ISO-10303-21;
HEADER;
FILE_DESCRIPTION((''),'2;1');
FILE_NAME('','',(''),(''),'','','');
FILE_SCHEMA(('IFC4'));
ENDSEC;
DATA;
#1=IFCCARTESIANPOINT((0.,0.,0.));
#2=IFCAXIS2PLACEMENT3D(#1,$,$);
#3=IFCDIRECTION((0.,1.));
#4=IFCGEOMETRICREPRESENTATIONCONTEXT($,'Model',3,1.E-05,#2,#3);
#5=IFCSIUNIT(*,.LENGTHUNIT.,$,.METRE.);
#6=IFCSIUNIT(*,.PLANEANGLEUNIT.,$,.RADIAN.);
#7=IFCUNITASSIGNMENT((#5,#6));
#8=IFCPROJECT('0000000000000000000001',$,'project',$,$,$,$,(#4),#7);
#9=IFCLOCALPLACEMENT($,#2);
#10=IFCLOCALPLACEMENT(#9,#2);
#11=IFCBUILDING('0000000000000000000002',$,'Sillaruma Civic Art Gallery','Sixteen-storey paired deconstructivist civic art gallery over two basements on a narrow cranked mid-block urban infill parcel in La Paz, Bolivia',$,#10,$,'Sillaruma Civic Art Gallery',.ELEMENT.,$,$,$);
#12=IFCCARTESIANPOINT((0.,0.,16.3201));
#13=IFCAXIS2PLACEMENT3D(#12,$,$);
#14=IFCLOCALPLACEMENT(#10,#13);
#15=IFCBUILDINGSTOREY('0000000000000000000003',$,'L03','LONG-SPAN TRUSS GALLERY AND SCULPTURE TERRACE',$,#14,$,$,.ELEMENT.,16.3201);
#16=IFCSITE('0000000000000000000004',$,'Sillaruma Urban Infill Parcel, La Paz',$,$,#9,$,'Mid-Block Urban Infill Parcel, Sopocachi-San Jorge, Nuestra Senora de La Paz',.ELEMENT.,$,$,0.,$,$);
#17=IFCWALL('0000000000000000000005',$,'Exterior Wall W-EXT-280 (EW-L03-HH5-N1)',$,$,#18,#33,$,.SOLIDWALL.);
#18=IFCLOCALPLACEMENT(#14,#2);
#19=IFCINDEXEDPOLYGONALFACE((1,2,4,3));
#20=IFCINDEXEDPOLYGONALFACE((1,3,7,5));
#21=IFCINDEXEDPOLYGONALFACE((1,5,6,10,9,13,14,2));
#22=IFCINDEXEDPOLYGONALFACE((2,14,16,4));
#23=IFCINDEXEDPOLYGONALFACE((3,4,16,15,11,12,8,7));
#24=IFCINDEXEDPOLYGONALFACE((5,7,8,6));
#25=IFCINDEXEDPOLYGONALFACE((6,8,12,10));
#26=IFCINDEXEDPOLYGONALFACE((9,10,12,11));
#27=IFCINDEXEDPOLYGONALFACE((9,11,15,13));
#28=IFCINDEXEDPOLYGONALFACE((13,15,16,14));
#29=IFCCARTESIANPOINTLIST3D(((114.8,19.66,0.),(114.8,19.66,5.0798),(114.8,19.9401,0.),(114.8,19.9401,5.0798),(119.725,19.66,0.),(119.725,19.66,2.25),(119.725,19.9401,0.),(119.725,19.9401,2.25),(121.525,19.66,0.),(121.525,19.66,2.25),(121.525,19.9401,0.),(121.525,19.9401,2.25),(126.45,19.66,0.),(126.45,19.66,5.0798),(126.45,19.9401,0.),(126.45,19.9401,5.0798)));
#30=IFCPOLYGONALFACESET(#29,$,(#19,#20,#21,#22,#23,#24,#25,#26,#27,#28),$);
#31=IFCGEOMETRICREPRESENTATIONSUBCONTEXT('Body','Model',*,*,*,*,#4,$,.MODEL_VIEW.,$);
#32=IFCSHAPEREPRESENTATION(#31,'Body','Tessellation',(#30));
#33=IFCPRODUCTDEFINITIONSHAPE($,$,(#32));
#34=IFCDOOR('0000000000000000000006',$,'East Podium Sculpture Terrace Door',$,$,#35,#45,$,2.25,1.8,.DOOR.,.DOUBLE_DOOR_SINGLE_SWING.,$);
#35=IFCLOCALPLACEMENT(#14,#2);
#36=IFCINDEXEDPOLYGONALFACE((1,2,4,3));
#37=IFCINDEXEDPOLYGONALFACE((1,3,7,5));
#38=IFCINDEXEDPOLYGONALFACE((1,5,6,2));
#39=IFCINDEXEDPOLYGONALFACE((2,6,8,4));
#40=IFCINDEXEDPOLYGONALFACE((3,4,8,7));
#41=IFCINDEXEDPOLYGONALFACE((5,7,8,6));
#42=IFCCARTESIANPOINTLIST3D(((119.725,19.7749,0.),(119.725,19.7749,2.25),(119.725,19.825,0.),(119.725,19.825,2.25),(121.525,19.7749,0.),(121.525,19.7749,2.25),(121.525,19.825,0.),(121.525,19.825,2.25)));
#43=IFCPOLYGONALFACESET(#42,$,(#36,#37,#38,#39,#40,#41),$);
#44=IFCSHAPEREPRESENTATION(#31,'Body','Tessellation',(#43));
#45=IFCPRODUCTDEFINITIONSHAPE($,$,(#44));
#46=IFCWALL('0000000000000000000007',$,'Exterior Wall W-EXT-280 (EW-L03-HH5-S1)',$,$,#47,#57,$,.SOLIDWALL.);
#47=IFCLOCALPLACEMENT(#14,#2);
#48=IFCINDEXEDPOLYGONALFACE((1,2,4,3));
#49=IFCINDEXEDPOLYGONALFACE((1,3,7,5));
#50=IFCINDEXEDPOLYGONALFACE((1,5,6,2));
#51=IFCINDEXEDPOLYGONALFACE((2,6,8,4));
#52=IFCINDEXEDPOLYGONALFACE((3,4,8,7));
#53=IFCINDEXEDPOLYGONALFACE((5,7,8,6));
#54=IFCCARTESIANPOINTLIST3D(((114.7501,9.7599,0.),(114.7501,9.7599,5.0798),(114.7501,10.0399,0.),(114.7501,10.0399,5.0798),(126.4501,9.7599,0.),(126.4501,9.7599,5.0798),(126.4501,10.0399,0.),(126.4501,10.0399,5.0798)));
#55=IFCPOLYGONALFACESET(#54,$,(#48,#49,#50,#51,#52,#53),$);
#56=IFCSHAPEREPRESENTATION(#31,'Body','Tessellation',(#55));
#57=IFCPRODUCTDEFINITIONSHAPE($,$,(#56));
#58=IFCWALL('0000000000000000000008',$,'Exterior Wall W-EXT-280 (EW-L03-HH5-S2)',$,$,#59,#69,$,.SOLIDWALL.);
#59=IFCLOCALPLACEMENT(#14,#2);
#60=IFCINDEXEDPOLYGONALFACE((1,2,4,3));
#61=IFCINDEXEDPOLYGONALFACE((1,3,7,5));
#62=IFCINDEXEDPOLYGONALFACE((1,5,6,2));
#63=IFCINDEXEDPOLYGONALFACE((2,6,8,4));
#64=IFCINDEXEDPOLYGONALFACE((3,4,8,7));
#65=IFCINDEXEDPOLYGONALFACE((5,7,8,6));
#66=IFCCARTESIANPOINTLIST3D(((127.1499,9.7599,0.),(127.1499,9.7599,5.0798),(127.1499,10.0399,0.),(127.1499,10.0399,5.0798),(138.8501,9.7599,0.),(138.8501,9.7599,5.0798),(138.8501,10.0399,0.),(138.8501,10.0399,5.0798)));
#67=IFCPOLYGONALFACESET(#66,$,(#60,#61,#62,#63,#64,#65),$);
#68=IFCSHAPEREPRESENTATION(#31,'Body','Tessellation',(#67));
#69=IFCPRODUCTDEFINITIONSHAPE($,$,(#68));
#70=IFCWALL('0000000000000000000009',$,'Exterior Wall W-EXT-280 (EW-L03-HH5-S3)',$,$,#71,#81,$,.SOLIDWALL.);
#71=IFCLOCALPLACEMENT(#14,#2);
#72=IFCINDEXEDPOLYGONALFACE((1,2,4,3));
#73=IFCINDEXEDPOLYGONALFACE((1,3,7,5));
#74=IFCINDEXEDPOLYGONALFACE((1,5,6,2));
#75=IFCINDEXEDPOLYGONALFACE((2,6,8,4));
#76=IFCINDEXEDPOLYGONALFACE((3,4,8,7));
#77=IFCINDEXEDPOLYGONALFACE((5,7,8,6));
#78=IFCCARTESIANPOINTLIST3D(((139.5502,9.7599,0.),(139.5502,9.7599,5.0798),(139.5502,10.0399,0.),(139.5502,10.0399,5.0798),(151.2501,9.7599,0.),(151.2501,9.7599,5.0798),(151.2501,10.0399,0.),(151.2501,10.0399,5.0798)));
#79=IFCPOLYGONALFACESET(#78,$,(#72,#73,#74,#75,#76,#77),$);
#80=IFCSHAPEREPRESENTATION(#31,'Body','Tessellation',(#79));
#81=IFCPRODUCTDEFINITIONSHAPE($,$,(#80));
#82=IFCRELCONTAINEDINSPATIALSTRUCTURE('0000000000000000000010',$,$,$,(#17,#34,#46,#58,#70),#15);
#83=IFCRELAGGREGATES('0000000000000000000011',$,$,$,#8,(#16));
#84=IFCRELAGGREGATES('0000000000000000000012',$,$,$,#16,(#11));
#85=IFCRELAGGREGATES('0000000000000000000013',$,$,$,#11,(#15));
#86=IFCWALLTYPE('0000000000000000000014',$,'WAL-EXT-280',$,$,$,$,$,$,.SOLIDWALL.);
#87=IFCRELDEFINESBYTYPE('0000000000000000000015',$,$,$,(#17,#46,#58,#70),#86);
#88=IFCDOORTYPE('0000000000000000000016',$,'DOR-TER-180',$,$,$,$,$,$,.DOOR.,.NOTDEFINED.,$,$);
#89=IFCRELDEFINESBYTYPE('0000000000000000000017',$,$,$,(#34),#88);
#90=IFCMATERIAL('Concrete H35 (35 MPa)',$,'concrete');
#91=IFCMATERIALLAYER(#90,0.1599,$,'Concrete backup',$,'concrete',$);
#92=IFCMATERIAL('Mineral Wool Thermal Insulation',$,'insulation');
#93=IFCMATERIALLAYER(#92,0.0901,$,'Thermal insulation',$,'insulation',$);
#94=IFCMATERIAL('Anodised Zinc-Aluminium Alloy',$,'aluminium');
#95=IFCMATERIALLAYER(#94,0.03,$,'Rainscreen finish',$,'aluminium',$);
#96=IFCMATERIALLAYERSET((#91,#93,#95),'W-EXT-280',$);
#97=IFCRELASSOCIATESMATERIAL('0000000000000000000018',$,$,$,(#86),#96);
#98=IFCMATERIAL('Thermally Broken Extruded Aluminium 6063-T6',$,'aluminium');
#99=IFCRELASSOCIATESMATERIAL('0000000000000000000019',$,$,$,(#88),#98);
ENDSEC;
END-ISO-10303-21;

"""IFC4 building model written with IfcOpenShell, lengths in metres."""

from ifc_helpers import new_model, si_unit, direction, frame, frame_2d, origin, place, context, subcontext, project, spatial, rectangle, extrude, material, layer, layer_set, type_object, element, fill, save


model = new_model("IFC4")

# Units and contexts
model_context = context("Model", 3, precision=1e-05, world=origin(), true_north=direction((0.0, 1.0)))
body_context = subcontext(model_context, "Body", "Model", "MODEL_VIEW")
ifc_project = project(units=[si_unit("LENGTHUNIT", "METRE"), si_unit("PLANEANGLEUNIT", "RADIAN")], contexts=[model_context])

# Site, building, storey
site_placement = place(None, origin())
site = spatial("IfcSite", under=ifc_project, at=site_placement, Name="Sillaruma Urban Infill Parcel, La Paz", LongName="Mid-Block Urban Infill Parcel, Sopocachi-San Jorge, Nuestra Senora de La Paz", CompositionType="ELEMENT", RefElevation=0.0)
building_placement = place(site_placement, origin())
building = spatial("IfcBuilding", under=site, at=building_placement, Name="Sillaruma Civic Art Gallery", Description="Sixteen-storey paired deconstructivist civic art gallery over two basements on a narrow cranked mid-block urban infill parcel in La Paz, Bolivia", LongName="Sillaruma Civic Art Gallery", CompositionType="ELEMENT")
storey_placement = place(building_placement, frame((0.0, 0.0, 16.3201)))
storey = spatial("IfcBuildingStorey", under=building, at=storey_placement, Name="L03", Description="LONG-SPAN TRUSS GALLERY AND SCULPTURE TERRACE", CompositionType="ELEMENT", Elevation=16.3201)

# Shared definitions
ifc_material_1 = material(Name="Concrete H35 (35 MPa)", Category="concrete")

# Wall, opening, door
ifc_layer_1 = layer(ifc_material_1, 0.1599, Name="Concrete backup", Category="concrete")
ifc_material_2 = material(Name="Mineral Wool Thermal Insulation", Category="insulation")
ifc_layer_2 = layer(ifc_material_2, 0.0901, Name="Thermal insulation", Category="insulation")
ifc_material_3 = material(Name="Anodised Zinc-Aluminium Alloy", Category="aluminium")
ifc_layer_3 = layer(ifc_material_3, 0.03, Name="Rainscreen finish", Category="aluminium")
ifc_layer_set_1 = layer_set([ifc_layer_1, ifc_layer_2, ifc_layer_3], Name="W-EXT-280")
wall_type_1 = type_object("IfcWallType", Name="WAL-EXT-280", PredefinedType="SOLIDWALL", material=ifc_layer_set_1)
wall_1_placement = place(storey_placement, frame((114.8, 19.8, 0.0), z_axis=(0.0, 0.0, 1.0), x_axis=(1.0, 0.0, 0.0)))
wall_1 = element("IfcWall", 1, at=wall_1_placement, inside=storey, type_object=wall_type_1, Name="Exterior Wall W-EXT-280 (EW-L03-HH5-N1)", PredefinedType="SOLIDWALL", context=body_context, shape_type="SweptSolid", body=[
    extrude(rectangle(XDim=11.6499, YDim=0.28, at=frame_2d((5.825, 0.0))), origin(), (0.0, 0.0, 1.0), 5.0798),
])
opening_placement = place(wall_1_placement, frame((4.925, 0.0, 0.0)))
opening = element("IfcOpeningElement", 2, at=opening_placement, cuts=wall_1, PredefinedType="OPENING", context=body_context, shape_type="SweptSolid", body=[
    extrude(rectangle(XDim=1.8, YDim=2.25, at=frame_2d((0.8999, 1.125))), frame((0.0, 0.1499, 0.0), z_axis=(0.0, -1.0, 0.0), x_axis=(1.0, 0.0, 0.0)), (0.0, 0.0, 1.0), 0.3),
])
ifc_material_4 = material(Name="Thermally Broken Extruded Aluminium 6063-T6", Category="aluminium")
door_type = type_object("IfcDoorType", Name="DOR-TER-180", OperationType="NOTDEFINED", PredefinedType="DOOR", material=ifc_material_4)
door_placement = place(opening_placement, origin())
door = element("IfcDoor", 3, at=door_placement, inside=storey, type_object=door_type, Name="East Podium Sculpture Terrace Door", OperationType="DOUBLE_DOOR_SINGLE_SWING", OverallHeight=2.25, OverallWidth=1.8, PredefinedType="DOOR", context=body_context, shape_type="SweptSolid", body=[
    extrude(rectangle(XDim=1.8, YDim=2.25, at=frame_2d((0.8999, 1.125))), frame((0.0, 0.0249, 0.0), z_axis=(0.0, -1.0, 0.0), x_axis=(1.0, 0.0, 0.0)), (0.0, 0.0, 1.0), 0.05),
])
fill(opening, door)

# Walls
wall_2_placement = place(storey_placement, frame((114.75, 9.8999, 0.0), z_axis=(0.0, 0.0, 1.0), x_axis=(1.0, 0.0, 0.0)))
element("IfcWall", 4, at=wall_2_placement, inside=storey, type_object=wall_type_1, Name="Exterior Wall W-EXT-280 (EW-L03-HH5-S1)", PredefinedType="SOLIDWALL", context=body_context, shape_type="SweptSolid", body=[
    extrude(rectangle(XDim=11.7, YDim=0.28, at=frame_2d((5.8501, 0.0))), origin(), (0.0, 0.0, 1.0), 5.0798),
])
wall_3_placement = place(storey_placement, frame((127.1499, 9.8999, 0.0), z_axis=(0.0, 0.0, 1.0), x_axis=(1.0, 0.0, 0.0)))
element("IfcWall", 5, at=wall_3_placement, inside=storey, type_object=wall_type_1, Name="Exterior Wall W-EXT-280 (EW-L03-HH5-S2)", PredefinedType="SOLIDWALL", context=body_context, shape_type="SweptSolid", body=[
    extrude(rectangle(XDim=11.7002, YDim=0.28, at=frame_2d((5.8501, 0.0))), origin(), (0.0, 0.0, 1.0), 5.0798),
])
wall_4_placement = place(storey_placement, frame((139.55, 9.8999, 0.0), z_axis=(0.0, 0.0, 1.0), x_axis=(1.0, 0.0, 0.0)))
element("IfcWall", 6, at=wall_4_placement, inside=storey, type_object=wall_type_1, Name="Exterior Wall W-EXT-280 (EW-L03-HH5-S3)", PredefinedType="SOLIDWALL", context=body_context, shape_type="SweptSolid", body=[
    extrude(rectangle(XDim=11.7, YDim=0.28, at=frame_2d((5.8501, 0.0))), origin(), (0.0, 0.0, 1.0), 5.0798),
])

save(model, "model.ifc")
